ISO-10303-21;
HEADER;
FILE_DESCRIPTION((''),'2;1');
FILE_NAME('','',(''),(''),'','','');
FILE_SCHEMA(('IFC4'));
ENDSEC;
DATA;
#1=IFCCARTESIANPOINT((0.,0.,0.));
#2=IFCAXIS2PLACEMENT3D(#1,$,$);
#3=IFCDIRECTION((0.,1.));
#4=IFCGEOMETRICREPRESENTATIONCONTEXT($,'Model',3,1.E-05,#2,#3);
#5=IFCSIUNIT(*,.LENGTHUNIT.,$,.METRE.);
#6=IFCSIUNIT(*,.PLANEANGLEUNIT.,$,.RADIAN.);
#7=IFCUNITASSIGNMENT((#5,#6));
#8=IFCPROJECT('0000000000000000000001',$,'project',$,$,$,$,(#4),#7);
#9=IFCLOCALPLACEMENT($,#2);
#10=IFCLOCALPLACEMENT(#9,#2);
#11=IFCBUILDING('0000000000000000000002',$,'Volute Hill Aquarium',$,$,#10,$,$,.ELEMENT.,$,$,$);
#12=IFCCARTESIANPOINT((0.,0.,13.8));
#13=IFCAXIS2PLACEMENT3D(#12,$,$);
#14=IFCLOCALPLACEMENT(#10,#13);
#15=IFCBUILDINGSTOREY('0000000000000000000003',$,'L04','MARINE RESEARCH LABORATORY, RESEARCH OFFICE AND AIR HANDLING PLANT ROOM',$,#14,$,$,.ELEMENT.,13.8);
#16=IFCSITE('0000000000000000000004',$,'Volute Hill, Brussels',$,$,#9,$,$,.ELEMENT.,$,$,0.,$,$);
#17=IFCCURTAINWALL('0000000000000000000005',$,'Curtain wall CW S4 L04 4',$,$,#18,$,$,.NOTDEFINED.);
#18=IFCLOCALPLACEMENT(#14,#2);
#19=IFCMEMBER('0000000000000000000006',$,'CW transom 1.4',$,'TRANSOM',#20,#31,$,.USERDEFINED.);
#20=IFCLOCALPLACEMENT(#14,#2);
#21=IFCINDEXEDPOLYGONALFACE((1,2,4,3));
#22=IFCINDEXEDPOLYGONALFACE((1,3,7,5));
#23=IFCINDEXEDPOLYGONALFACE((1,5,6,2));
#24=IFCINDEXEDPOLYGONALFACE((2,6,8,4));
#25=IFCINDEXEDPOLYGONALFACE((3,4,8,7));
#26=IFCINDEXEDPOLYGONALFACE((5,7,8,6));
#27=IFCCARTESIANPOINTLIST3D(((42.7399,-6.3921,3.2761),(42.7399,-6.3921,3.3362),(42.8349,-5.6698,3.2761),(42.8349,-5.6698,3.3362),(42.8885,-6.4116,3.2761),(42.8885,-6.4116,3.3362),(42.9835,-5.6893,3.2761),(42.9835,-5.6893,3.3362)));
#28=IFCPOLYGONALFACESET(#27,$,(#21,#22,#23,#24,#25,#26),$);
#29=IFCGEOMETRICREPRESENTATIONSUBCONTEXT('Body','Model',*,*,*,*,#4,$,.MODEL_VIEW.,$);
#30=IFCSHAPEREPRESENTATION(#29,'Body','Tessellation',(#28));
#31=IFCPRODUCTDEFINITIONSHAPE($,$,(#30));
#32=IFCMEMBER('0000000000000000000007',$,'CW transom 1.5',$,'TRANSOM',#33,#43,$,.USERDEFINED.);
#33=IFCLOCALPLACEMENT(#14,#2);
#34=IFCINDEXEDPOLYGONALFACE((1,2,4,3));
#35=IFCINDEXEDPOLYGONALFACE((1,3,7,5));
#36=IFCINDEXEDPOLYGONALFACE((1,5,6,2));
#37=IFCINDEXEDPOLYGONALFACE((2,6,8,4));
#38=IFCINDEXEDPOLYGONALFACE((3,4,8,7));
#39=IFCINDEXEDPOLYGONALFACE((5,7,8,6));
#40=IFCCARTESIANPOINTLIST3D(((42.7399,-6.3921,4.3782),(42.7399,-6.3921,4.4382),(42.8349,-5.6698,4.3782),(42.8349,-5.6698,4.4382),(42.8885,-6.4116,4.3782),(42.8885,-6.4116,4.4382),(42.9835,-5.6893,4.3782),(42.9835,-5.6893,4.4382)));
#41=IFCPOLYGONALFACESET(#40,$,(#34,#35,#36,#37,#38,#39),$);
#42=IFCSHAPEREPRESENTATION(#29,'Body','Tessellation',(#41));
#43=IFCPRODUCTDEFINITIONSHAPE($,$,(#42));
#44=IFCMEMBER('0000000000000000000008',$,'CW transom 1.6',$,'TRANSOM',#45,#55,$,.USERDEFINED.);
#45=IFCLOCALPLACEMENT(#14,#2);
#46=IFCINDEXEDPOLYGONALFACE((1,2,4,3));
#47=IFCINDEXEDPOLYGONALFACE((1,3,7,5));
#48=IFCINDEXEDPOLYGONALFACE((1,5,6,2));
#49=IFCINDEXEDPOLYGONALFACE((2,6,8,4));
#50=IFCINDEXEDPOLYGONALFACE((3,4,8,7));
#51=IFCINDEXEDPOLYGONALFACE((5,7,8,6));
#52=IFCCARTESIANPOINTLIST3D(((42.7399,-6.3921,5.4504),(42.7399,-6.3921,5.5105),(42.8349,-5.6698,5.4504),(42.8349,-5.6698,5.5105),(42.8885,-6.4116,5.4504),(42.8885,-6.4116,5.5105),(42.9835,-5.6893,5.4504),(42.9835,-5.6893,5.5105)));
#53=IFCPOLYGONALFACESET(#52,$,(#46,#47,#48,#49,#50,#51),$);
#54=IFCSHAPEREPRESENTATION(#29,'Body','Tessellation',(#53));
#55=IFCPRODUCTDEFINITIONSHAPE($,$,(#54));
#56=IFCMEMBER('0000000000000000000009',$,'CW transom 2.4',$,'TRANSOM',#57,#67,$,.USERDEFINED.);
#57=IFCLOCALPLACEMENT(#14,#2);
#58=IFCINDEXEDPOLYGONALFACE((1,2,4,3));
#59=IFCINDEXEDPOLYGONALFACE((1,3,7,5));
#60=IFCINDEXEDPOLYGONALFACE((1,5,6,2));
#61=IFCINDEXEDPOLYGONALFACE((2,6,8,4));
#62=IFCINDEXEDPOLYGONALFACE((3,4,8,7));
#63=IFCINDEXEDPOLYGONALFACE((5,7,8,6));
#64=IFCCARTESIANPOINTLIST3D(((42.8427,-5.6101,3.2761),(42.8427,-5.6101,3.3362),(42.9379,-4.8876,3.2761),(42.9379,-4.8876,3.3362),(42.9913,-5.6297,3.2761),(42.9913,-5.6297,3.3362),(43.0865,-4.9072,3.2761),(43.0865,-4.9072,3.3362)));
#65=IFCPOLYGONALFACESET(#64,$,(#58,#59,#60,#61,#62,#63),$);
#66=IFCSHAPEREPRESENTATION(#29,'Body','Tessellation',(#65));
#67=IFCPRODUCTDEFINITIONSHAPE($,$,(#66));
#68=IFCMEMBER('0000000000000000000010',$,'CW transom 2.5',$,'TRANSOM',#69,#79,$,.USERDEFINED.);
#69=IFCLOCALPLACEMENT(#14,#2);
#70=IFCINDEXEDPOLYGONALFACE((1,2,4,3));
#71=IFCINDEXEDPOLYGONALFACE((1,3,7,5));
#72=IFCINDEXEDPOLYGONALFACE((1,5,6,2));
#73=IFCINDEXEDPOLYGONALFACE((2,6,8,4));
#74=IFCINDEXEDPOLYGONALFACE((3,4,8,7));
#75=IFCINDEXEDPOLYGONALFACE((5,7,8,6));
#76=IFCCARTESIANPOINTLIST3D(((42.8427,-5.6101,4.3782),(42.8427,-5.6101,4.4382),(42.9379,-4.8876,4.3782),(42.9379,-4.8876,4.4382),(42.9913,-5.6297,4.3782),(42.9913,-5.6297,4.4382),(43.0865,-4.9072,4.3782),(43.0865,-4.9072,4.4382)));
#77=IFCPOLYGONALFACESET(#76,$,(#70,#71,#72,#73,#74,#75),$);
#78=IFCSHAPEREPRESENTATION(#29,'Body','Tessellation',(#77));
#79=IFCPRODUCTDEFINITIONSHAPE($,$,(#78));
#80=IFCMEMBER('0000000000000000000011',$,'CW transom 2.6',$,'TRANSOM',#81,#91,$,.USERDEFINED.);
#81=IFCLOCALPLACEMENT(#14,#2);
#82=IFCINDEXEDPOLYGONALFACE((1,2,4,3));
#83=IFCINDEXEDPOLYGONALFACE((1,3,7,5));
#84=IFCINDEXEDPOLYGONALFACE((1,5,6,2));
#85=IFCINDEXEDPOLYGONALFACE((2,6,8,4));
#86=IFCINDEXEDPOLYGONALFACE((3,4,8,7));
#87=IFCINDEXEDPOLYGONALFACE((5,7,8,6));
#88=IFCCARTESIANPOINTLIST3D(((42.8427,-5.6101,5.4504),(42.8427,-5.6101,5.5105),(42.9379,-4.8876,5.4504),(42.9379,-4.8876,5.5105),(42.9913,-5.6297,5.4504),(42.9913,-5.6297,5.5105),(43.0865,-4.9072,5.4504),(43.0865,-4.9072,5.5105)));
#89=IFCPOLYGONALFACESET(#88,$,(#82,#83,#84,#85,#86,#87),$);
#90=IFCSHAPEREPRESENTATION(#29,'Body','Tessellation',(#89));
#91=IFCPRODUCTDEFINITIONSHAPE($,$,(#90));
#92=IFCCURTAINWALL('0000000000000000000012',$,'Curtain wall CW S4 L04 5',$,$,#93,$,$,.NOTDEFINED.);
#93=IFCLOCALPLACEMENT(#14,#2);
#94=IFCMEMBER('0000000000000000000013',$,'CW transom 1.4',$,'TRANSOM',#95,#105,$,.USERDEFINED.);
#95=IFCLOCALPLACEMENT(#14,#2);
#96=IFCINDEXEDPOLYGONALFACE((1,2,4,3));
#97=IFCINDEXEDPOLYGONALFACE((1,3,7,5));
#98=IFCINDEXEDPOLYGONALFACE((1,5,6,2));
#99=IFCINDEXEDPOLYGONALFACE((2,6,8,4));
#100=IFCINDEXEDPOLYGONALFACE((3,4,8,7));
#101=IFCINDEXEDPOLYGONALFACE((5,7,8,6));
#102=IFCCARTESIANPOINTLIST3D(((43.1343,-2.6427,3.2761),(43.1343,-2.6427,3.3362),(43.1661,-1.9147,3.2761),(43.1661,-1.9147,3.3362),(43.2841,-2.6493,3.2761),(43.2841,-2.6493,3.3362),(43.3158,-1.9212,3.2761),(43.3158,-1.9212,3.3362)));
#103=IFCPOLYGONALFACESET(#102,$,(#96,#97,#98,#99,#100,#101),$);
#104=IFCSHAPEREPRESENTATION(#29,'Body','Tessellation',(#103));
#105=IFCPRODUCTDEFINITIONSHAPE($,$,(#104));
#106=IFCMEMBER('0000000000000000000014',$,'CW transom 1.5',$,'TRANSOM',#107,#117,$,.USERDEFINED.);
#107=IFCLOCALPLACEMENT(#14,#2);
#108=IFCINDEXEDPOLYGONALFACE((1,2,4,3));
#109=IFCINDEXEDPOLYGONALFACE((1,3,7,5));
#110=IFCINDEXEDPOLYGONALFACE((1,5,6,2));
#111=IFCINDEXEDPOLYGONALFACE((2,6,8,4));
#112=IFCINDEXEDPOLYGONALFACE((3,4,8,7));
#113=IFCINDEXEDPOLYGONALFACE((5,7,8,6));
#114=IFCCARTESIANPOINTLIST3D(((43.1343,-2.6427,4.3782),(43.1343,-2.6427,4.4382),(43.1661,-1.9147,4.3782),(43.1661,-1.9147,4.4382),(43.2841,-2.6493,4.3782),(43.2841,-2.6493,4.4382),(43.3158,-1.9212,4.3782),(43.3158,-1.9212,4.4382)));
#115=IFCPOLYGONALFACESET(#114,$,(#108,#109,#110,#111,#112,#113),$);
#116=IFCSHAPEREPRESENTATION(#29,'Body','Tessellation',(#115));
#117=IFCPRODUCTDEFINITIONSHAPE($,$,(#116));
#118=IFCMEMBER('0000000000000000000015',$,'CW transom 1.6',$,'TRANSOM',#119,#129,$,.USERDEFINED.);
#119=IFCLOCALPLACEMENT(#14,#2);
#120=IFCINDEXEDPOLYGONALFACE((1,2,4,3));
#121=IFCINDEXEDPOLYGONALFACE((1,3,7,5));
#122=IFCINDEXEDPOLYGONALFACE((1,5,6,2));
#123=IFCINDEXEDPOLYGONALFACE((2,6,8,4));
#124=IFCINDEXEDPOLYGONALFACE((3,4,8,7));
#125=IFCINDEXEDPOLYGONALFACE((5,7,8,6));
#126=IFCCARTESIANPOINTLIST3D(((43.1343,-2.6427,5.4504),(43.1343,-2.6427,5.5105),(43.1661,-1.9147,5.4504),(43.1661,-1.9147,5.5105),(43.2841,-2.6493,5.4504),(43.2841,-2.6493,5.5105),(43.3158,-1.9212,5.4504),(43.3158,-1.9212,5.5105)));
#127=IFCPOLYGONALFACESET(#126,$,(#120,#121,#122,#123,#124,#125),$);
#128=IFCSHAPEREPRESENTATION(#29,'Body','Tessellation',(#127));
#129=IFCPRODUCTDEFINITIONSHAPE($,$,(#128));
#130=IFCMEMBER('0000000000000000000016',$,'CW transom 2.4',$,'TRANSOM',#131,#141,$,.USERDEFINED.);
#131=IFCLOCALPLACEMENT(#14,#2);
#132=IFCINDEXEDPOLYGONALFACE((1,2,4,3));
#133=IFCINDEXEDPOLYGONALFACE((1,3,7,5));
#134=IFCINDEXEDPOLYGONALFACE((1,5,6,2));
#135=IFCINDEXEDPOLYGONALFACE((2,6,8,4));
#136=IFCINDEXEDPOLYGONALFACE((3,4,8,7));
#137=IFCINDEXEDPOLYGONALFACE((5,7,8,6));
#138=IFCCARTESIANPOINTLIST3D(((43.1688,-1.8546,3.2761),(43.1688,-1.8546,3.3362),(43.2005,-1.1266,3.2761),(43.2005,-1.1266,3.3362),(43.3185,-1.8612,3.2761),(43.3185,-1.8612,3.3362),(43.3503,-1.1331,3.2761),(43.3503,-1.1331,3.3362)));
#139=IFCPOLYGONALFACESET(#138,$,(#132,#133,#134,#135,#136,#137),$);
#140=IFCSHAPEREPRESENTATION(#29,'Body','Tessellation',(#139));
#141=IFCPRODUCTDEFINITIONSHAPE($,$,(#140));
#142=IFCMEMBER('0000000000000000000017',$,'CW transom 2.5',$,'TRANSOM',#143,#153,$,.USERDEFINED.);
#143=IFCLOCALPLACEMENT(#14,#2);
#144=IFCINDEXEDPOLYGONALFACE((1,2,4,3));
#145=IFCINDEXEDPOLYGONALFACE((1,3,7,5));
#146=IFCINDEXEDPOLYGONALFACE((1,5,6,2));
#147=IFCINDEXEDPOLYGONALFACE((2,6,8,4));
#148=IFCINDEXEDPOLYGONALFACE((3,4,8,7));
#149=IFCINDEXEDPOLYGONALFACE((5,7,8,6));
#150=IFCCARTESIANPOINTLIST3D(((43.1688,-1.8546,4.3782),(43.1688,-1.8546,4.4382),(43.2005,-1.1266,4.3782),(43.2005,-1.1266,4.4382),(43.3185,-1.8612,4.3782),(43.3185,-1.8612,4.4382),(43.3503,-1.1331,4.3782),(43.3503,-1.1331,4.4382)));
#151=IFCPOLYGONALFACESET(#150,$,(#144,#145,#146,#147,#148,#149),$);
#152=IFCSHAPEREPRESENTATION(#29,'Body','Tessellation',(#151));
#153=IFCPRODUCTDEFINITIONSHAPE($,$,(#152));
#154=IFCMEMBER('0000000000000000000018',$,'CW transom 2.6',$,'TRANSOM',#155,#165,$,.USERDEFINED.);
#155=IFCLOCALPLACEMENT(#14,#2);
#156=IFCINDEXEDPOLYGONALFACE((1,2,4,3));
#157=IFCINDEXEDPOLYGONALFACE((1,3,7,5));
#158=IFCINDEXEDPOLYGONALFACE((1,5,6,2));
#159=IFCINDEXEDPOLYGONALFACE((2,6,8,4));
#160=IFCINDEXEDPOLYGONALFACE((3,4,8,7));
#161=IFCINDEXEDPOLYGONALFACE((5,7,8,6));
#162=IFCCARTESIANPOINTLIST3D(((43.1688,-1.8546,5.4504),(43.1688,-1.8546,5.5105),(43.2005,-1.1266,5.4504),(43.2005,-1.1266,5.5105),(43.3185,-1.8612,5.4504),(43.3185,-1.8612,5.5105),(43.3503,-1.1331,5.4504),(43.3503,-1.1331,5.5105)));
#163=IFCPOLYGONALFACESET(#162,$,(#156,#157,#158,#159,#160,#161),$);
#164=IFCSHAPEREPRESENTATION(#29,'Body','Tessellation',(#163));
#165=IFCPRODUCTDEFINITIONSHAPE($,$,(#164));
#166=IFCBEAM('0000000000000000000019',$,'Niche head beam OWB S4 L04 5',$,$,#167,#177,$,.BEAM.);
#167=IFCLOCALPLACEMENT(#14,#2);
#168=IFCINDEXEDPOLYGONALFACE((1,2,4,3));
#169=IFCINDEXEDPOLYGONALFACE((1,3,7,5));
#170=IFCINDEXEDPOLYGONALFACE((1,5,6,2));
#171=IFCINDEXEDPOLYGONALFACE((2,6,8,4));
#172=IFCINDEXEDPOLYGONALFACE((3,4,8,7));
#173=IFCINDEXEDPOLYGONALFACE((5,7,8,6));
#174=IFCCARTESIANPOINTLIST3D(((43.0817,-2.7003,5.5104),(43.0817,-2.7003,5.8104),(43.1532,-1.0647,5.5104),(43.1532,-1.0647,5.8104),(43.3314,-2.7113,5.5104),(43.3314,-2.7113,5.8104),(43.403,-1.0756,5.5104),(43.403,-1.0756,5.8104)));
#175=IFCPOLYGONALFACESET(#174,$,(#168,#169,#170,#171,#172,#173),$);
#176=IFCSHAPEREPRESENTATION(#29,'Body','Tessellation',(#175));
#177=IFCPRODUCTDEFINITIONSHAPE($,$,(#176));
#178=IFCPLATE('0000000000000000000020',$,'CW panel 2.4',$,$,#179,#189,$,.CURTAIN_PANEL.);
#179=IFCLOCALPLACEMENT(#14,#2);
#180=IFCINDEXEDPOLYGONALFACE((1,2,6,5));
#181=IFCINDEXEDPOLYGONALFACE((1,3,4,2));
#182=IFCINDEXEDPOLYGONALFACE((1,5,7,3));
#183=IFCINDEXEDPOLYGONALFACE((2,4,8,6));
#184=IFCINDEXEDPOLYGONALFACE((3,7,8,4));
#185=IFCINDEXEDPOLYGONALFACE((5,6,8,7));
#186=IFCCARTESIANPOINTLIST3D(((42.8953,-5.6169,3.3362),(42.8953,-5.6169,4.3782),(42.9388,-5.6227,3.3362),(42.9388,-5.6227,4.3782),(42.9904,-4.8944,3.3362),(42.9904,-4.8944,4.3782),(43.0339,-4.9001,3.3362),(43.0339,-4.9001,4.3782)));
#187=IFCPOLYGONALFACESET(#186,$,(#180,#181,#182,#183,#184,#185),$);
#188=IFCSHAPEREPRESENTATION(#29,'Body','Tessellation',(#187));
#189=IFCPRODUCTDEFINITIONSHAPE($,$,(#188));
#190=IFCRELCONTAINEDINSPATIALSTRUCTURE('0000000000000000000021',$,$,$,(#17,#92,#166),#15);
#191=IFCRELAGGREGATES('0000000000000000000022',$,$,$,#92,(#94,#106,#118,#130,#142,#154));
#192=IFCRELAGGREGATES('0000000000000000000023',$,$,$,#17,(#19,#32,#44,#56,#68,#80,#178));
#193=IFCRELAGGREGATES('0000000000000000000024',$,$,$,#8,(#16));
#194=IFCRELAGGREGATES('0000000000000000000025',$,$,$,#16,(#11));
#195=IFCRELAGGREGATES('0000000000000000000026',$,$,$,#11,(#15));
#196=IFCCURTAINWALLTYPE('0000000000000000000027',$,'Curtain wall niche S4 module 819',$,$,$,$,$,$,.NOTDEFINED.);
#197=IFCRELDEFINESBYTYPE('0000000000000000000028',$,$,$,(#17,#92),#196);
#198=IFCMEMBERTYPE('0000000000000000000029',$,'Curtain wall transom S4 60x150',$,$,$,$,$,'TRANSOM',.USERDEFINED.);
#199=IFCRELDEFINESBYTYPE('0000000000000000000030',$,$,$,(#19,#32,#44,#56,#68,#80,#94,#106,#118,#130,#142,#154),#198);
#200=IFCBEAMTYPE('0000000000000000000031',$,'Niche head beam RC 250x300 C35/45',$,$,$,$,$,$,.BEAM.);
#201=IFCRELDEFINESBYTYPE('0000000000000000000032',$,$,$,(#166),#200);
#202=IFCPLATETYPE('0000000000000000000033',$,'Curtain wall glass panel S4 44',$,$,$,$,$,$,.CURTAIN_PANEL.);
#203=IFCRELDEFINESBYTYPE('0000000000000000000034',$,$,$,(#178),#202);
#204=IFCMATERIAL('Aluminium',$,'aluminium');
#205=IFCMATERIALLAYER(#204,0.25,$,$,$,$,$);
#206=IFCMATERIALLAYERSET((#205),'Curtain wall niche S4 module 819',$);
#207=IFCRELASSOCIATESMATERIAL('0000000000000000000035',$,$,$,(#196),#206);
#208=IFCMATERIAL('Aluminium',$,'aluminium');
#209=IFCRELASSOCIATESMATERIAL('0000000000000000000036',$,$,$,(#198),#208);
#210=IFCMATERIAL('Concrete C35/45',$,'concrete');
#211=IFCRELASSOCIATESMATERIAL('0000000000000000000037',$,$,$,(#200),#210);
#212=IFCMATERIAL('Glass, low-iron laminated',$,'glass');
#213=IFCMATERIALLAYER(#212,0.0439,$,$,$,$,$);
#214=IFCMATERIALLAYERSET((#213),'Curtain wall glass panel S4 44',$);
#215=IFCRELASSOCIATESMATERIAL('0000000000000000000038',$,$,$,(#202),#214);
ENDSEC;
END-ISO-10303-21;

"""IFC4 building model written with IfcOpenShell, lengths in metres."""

from ifc_helpers import new_model, si_unit, direction, frame, origin, origin_2d, place, context, subcontext, project, spatial, rectangle, extrude, material, layer, layer_set, material_profile, profile_set, type_object, element, aggregate, save


model = new_model("IFC4")

# Units and contexts
model_context = context("Model", 3, precision=1e-05, world=origin(), true_north=direction((0.0, 1.0)))
body_context = subcontext(model_context, "Body", "Model", "MODEL_VIEW")
ifc_project = project(units=[si_unit("LENGTHUNIT", "METRE"), si_unit("PLANEANGLEUNIT", "RADIAN")], contexts=[model_context])

# Site, building, storey
site_placement = place(None, origin())
site = spatial("IfcSite", under=ifc_project, at=site_placement, Name="Volute Hill, Brussels", CompositionType="ELEMENT", RefElevation=0.0)
building_placement = place(site_placement, origin())
building = spatial("IfcBuilding", under=site, at=building_placement, Name="Volute Hill Aquarium", CompositionType="ELEMENT")
storey_placement = place(building_placement, frame((0.0, 0.0, 13.8)))
storey = spatial("IfcBuildingStorey", under=building, at=storey_placement, Name="L04", Description="MARINE RESEARCH LABORATORY, RESEARCH OFFICE AND AIR HANDLING PLANT ROOM", CompositionType="ELEMENT", Elevation=13.8)

# Curtain walls, members
ifc_material_1 = material(Name="Aluminium", Category="aluminium")
ifc_layer_1 = layer(ifc_material_1, 0.25)
ifc_layer_set_1 = layer_set([ifc_layer_1], Name="Curtain wall niche S4 module 819")
curtain_wall_type = type_object("IfcCurtainWallType", Name="Curtain wall niche S4 module 819", PredefinedType="NOTDEFINED", material=ifc_layer_set_1)
curtain_wall_1_placement = place(storey_placement, origin())
curtain_wall_1 = element("IfcCurtainWall", 1, at=curtain_wall_1_placement, inside=storey, type_object=curtain_wall_type, Name="Curtain wall CW S4 L04 4", PredefinedType="NOTDEFINED")
ifc_material_2 = material(Name="Aluminium", Category="aluminium")
ifc_material_profile_1 = material_profile(ifc_material_2, rectangle(XDim=0.1499, YDim=0.0601, at=origin_2d()), Name="Curtain wall transom S4 60x150")
ifc_profile_set_1 = profile_set([ifc_material_profile_1], Name="Aluminium")
member_type = type_object("IfcMemberType", Name="Curtain wall transom S4 60x150", ElementType="TRANSOM", PredefinedType="USERDEFINED", material=ifc_profile_set_1)
member_1_placement = place(storey_placement, frame((42.8142, -6.4019, 3.3062), z_axis=(0.130342, 0.991469, 0.0), x_axis=(-0.991469, 0.130342, 0.0)))
member_1 = element("IfcMember", 2, at=member_1_placement, type_object=member_type, Name="CW transom 1.4", ObjectType="TRANSOM", PredefinedType="USERDEFINED", context=body_context, shape_type="SweptSolid", body=[
    extrude(rectangle(XDim=0.1499, YDim=0.0601, at=origin_2d()), origin(), (0.0, 0.0, 1.0), 0.7285),
])
member_2_placement = place(storey_placement, frame((42.8142, -6.4019, 4.4082), z_axis=(0.130342, 0.991469, 0.0), x_axis=(-0.991469, 0.130342, 0.0)))
member_2 = element("IfcMember", 3, at=member_2_placement, type_object=member_type, Name="CW transom 1.5", ObjectType="TRANSOM", PredefinedType="USERDEFINED", context=body_context, shape_type="SweptSolid", body=[
    extrude(rectangle(XDim=0.1499, YDim=0.0601, at=origin_2d()), origin(), (0.0, 0.0, 1.0), 0.7285),
])
member_3_placement = place(storey_placement, frame((42.8142, -6.4019, 5.4805), z_axis=(0.130342, 0.991469, 0.0), x_axis=(-0.991469, 0.130342, 0.0)))
member_3 = element("IfcMember", 4, at=member_3_placement, type_object=member_type, Name="CW transom 1.6", ObjectType="TRANSOM", PredefinedType="USERDEFINED", context=body_context, shape_type="SweptSolid", body=[
    extrude(rectangle(XDim=0.1499, YDim=0.0601, at=origin_2d()), origin(), (0.0, 0.0, 1.0), 0.7285),
])
member_4_placement = place(storey_placement, frame((42.917, -5.6199, 3.3062), z_axis=(0.130671, 0.991426, 0.0), x_axis=(-0.991426, 0.130671, 0.0)))
member_4 = element("IfcMember", 5, at=member_4_placement, type_object=member_type, Name="CW transom 2.4", ObjectType="TRANSOM", PredefinedType="USERDEFINED", context=body_context, shape_type="SweptSolid", body=[
    extrude(rectangle(XDim=0.1499, YDim=0.0601, at=origin_2d()), origin(), (0.0, 0.0, 1.0), 0.7288),
])
member_5_placement = place(storey_placement, frame((42.917, -5.6199, 4.4082), z_axis=(0.130671, 0.991426, 0.0), x_axis=(-0.991426, 0.130671, 0.0)))
member_5 = element("IfcMember", 6, at=member_5_placement, type_object=member_type, Name="CW transom 2.5", ObjectType="TRANSOM", PredefinedType="USERDEFINED", context=body_context, shape_type="SweptSolid", body=[
    extrude(rectangle(XDim=0.1499, YDim=0.0601, at=origin_2d()), origin(), (0.0, 0.0, 1.0), 0.7288),
])
member_6_placement = place(storey_placement, frame((42.917, -5.6199, 5.4805), z_axis=(0.130671, 0.991426, 0.0), x_axis=(-0.991426, 0.130671, 0.0)))
member_6 = element("IfcMember", 7, at=member_6_placement, type_object=member_type, Name="CW transom 2.6", ObjectType="TRANSOM", PredefinedType="USERDEFINED", context=body_context, shape_type="SweptSolid", body=[
    extrude(rectangle(XDim=0.1499, YDim=0.0601, at=origin_2d()), origin(), (0.0, 0.0, 1.0), 0.7288),
])
curtain_wall_2_placement = place(storey_placement, origin())
curtain_wall_2 = element("IfcCurtainWall", 8, at=curtain_wall_2_placement, inside=storey, type_object=curtain_wall_type, Name="Curtain wall CW S4 L04 5", PredefinedType="NOTDEFINED")
member_7_placement = place(storey_placement, frame((43.2092, -2.646, 3.3062), z_axis=(0.043554, 0.999051, 0.0), x_axis=(-0.999051, 0.043554, 0.0)))
member_7 = element("IfcMember", 9, at=member_7_placement, type_object=member_type, Name="CW transom 1.4", ObjectType="TRANSOM", PredefinedType="USERDEFINED", context=body_context, shape_type="SweptSolid", body=[
    extrude(rectangle(XDim=0.1499, YDim=0.0601, at=origin_2d()), origin(), (0.0, 0.0, 1.0), 0.7288),
])
member_8_placement = place(storey_placement, frame((43.2092, -2.646, 4.4082), z_axis=(0.043554, 0.999051, 0.0), x_axis=(-0.999051, 0.043554, 0.0)))
member_8 = element("IfcMember", 10, at=member_8_placement, type_object=member_type, Name="CW transom 1.5", ObjectType="TRANSOM", PredefinedType="USERDEFINED", context=body_context, shape_type="SweptSolid", body=[
    extrude(rectangle(XDim=0.1499, YDim=0.0601, at=origin_2d()), origin(), (0.0, 0.0, 1.0), 0.7288),
])
member_9_placement = place(storey_placement, frame((43.2092, -2.646, 5.4805), z_axis=(0.043554, 0.999051, 0.0), x_axis=(-0.999051, 0.043554, 0.0)))
member_9 = element("IfcMember", 11, at=member_9_placement, type_object=member_type, Name="CW transom 1.6", ObjectType="TRANSOM", PredefinedType="USERDEFINED", context=body_context, shape_type="SweptSolid", body=[
    extrude(rectangle(XDim=0.1499, YDim=0.0601, at=origin_2d()), origin(), (0.0, 0.0, 1.0), 0.7288),
])
member_10_placement = place(storey_placement, frame((43.2437, -1.8579, 3.3062), z_axis=(0.043554, 0.999051, 0.0), x_axis=(-0.999051, 0.043554, 0.0)))
member_10 = element("IfcMember", 12, at=member_10_placement, type_object=member_type, Name="CW transom 2.4", ObjectType="TRANSOM", PredefinedType="USERDEFINED", context=body_context, shape_type="SweptSolid", body=[
    extrude(rectangle(XDim=0.1499, YDim=0.0601, at=origin_2d()), origin(), (0.0, 0.0, 1.0), 0.7288),
])
member_11_placement = place(storey_placement, frame((43.2437, -1.8579, 4.4082), z_axis=(0.043554, 0.999051, 0.0), x_axis=(-0.999051, 0.043554, 0.0)))
member_11 = element("IfcMember", 13, at=member_11_placement, type_object=member_type, Name="CW transom 2.5", ObjectType="TRANSOM", PredefinedType="USERDEFINED", context=body_context, shape_type="SweptSolid", body=[
    extrude(rectangle(XDim=0.1499, YDim=0.0601, at=origin_2d()), origin(), (0.0, 0.0, 1.0), 0.7288),
])
member_12_placement = place(storey_placement, frame((43.2437, -1.8579, 5.4805), z_axis=(0.043554, 0.999051, 0.0), x_axis=(-0.999051, 0.043554, 0.0)))
member_12 = element("IfcMember", 14, at=member_12_placement, type_object=member_type, Name="CW transom 2.6", ObjectType="TRANSOM", PredefinedType="USERDEFINED", context=body_context, shape_type="SweptSolid", body=[
    extrude(rectangle(XDim=0.1499, YDim=0.0601, at=origin_2d()), origin(), (0.0, 0.0, 1.0), 0.7288),
])

# Beam
ifc_material_3 = material(Name="Concrete C35/45", Category="concrete")
ifc_material_profile_2 = material_profile(ifc_material_3, rectangle(XDim=0.25, YDim=0.3, at=origin_2d()), Name="RC beam 250x300")
ifc_profile_set_2 = profile_set([ifc_material_profile_2], Name="Concrete C35/45")
beam_type = type_object("IfcBeamType", Name="Niche head beam RC 250x300 C35/45", PredefinedType="BEAM", material=ifc_profile_set_2)
beam_placement = place(storey_placement, frame((43.2065, -2.7058, 5.6604), z_axis=(0.04369, 0.999045, 0.0), x_axis=(-0.999045, 0.04369, 0.0)))
element("IfcBeam", 15, at=beam_placement, inside=storey, type_object=beam_type, Name="Niche head beam OWB S4 L04 5", PredefinedType="BEAM", context=body_context, shape_type="SweptSolid", body=[
    extrude(rectangle(XDim=0.25, YDim=0.3, at=origin_2d()), origin(), (0.0, 0.0, 1.0), 1.6372),
])

# Plate
ifc_material_4 = material(Name="Glass, low-iron laminated", Category="glass")
ifc_layer_2 = layer(ifc_material_4, 0.0439)
ifc_layer_set_2 = layer_set([ifc_layer_2], Name="Curtain wall glass panel S4 44")
plate_type_1 = type_object("IfcPlateType", Name="Curtain wall glass panel S4 44", PredefinedType="CURTAIN_PANEL", material=ifc_layer_set_2)
plate_1_placement = place(storey_placement, frame((42.9646, -5.2585, 3.3362), z_axis=(0.0, 0.0, 1.0), x_axis=(0.130516, 0.991446, 0.0)))
plate_1 = element("IfcPlate", 16, at=plate_1_placement, type_object=plate_type_1, Name="CW panel 2.4", PredefinedType="CURTAIN_PANEL", context=body_context, shape_type="SweptSolid", body=[
    extrude(rectangle(XDim=0.7288, YDim=0.0439, at=origin_2d()), origin(), (0.0, 0.0, 1.0), 1.042),
])
aggregate(curtain_wall_2, [member_7, member_8, member_9, member_10, member_11, member_12])
aggregate(curtain_wall_1, [member_1, member_2, member_3, member_4, member_5, member_6, plate_1])

save(model, "model.ifc")
